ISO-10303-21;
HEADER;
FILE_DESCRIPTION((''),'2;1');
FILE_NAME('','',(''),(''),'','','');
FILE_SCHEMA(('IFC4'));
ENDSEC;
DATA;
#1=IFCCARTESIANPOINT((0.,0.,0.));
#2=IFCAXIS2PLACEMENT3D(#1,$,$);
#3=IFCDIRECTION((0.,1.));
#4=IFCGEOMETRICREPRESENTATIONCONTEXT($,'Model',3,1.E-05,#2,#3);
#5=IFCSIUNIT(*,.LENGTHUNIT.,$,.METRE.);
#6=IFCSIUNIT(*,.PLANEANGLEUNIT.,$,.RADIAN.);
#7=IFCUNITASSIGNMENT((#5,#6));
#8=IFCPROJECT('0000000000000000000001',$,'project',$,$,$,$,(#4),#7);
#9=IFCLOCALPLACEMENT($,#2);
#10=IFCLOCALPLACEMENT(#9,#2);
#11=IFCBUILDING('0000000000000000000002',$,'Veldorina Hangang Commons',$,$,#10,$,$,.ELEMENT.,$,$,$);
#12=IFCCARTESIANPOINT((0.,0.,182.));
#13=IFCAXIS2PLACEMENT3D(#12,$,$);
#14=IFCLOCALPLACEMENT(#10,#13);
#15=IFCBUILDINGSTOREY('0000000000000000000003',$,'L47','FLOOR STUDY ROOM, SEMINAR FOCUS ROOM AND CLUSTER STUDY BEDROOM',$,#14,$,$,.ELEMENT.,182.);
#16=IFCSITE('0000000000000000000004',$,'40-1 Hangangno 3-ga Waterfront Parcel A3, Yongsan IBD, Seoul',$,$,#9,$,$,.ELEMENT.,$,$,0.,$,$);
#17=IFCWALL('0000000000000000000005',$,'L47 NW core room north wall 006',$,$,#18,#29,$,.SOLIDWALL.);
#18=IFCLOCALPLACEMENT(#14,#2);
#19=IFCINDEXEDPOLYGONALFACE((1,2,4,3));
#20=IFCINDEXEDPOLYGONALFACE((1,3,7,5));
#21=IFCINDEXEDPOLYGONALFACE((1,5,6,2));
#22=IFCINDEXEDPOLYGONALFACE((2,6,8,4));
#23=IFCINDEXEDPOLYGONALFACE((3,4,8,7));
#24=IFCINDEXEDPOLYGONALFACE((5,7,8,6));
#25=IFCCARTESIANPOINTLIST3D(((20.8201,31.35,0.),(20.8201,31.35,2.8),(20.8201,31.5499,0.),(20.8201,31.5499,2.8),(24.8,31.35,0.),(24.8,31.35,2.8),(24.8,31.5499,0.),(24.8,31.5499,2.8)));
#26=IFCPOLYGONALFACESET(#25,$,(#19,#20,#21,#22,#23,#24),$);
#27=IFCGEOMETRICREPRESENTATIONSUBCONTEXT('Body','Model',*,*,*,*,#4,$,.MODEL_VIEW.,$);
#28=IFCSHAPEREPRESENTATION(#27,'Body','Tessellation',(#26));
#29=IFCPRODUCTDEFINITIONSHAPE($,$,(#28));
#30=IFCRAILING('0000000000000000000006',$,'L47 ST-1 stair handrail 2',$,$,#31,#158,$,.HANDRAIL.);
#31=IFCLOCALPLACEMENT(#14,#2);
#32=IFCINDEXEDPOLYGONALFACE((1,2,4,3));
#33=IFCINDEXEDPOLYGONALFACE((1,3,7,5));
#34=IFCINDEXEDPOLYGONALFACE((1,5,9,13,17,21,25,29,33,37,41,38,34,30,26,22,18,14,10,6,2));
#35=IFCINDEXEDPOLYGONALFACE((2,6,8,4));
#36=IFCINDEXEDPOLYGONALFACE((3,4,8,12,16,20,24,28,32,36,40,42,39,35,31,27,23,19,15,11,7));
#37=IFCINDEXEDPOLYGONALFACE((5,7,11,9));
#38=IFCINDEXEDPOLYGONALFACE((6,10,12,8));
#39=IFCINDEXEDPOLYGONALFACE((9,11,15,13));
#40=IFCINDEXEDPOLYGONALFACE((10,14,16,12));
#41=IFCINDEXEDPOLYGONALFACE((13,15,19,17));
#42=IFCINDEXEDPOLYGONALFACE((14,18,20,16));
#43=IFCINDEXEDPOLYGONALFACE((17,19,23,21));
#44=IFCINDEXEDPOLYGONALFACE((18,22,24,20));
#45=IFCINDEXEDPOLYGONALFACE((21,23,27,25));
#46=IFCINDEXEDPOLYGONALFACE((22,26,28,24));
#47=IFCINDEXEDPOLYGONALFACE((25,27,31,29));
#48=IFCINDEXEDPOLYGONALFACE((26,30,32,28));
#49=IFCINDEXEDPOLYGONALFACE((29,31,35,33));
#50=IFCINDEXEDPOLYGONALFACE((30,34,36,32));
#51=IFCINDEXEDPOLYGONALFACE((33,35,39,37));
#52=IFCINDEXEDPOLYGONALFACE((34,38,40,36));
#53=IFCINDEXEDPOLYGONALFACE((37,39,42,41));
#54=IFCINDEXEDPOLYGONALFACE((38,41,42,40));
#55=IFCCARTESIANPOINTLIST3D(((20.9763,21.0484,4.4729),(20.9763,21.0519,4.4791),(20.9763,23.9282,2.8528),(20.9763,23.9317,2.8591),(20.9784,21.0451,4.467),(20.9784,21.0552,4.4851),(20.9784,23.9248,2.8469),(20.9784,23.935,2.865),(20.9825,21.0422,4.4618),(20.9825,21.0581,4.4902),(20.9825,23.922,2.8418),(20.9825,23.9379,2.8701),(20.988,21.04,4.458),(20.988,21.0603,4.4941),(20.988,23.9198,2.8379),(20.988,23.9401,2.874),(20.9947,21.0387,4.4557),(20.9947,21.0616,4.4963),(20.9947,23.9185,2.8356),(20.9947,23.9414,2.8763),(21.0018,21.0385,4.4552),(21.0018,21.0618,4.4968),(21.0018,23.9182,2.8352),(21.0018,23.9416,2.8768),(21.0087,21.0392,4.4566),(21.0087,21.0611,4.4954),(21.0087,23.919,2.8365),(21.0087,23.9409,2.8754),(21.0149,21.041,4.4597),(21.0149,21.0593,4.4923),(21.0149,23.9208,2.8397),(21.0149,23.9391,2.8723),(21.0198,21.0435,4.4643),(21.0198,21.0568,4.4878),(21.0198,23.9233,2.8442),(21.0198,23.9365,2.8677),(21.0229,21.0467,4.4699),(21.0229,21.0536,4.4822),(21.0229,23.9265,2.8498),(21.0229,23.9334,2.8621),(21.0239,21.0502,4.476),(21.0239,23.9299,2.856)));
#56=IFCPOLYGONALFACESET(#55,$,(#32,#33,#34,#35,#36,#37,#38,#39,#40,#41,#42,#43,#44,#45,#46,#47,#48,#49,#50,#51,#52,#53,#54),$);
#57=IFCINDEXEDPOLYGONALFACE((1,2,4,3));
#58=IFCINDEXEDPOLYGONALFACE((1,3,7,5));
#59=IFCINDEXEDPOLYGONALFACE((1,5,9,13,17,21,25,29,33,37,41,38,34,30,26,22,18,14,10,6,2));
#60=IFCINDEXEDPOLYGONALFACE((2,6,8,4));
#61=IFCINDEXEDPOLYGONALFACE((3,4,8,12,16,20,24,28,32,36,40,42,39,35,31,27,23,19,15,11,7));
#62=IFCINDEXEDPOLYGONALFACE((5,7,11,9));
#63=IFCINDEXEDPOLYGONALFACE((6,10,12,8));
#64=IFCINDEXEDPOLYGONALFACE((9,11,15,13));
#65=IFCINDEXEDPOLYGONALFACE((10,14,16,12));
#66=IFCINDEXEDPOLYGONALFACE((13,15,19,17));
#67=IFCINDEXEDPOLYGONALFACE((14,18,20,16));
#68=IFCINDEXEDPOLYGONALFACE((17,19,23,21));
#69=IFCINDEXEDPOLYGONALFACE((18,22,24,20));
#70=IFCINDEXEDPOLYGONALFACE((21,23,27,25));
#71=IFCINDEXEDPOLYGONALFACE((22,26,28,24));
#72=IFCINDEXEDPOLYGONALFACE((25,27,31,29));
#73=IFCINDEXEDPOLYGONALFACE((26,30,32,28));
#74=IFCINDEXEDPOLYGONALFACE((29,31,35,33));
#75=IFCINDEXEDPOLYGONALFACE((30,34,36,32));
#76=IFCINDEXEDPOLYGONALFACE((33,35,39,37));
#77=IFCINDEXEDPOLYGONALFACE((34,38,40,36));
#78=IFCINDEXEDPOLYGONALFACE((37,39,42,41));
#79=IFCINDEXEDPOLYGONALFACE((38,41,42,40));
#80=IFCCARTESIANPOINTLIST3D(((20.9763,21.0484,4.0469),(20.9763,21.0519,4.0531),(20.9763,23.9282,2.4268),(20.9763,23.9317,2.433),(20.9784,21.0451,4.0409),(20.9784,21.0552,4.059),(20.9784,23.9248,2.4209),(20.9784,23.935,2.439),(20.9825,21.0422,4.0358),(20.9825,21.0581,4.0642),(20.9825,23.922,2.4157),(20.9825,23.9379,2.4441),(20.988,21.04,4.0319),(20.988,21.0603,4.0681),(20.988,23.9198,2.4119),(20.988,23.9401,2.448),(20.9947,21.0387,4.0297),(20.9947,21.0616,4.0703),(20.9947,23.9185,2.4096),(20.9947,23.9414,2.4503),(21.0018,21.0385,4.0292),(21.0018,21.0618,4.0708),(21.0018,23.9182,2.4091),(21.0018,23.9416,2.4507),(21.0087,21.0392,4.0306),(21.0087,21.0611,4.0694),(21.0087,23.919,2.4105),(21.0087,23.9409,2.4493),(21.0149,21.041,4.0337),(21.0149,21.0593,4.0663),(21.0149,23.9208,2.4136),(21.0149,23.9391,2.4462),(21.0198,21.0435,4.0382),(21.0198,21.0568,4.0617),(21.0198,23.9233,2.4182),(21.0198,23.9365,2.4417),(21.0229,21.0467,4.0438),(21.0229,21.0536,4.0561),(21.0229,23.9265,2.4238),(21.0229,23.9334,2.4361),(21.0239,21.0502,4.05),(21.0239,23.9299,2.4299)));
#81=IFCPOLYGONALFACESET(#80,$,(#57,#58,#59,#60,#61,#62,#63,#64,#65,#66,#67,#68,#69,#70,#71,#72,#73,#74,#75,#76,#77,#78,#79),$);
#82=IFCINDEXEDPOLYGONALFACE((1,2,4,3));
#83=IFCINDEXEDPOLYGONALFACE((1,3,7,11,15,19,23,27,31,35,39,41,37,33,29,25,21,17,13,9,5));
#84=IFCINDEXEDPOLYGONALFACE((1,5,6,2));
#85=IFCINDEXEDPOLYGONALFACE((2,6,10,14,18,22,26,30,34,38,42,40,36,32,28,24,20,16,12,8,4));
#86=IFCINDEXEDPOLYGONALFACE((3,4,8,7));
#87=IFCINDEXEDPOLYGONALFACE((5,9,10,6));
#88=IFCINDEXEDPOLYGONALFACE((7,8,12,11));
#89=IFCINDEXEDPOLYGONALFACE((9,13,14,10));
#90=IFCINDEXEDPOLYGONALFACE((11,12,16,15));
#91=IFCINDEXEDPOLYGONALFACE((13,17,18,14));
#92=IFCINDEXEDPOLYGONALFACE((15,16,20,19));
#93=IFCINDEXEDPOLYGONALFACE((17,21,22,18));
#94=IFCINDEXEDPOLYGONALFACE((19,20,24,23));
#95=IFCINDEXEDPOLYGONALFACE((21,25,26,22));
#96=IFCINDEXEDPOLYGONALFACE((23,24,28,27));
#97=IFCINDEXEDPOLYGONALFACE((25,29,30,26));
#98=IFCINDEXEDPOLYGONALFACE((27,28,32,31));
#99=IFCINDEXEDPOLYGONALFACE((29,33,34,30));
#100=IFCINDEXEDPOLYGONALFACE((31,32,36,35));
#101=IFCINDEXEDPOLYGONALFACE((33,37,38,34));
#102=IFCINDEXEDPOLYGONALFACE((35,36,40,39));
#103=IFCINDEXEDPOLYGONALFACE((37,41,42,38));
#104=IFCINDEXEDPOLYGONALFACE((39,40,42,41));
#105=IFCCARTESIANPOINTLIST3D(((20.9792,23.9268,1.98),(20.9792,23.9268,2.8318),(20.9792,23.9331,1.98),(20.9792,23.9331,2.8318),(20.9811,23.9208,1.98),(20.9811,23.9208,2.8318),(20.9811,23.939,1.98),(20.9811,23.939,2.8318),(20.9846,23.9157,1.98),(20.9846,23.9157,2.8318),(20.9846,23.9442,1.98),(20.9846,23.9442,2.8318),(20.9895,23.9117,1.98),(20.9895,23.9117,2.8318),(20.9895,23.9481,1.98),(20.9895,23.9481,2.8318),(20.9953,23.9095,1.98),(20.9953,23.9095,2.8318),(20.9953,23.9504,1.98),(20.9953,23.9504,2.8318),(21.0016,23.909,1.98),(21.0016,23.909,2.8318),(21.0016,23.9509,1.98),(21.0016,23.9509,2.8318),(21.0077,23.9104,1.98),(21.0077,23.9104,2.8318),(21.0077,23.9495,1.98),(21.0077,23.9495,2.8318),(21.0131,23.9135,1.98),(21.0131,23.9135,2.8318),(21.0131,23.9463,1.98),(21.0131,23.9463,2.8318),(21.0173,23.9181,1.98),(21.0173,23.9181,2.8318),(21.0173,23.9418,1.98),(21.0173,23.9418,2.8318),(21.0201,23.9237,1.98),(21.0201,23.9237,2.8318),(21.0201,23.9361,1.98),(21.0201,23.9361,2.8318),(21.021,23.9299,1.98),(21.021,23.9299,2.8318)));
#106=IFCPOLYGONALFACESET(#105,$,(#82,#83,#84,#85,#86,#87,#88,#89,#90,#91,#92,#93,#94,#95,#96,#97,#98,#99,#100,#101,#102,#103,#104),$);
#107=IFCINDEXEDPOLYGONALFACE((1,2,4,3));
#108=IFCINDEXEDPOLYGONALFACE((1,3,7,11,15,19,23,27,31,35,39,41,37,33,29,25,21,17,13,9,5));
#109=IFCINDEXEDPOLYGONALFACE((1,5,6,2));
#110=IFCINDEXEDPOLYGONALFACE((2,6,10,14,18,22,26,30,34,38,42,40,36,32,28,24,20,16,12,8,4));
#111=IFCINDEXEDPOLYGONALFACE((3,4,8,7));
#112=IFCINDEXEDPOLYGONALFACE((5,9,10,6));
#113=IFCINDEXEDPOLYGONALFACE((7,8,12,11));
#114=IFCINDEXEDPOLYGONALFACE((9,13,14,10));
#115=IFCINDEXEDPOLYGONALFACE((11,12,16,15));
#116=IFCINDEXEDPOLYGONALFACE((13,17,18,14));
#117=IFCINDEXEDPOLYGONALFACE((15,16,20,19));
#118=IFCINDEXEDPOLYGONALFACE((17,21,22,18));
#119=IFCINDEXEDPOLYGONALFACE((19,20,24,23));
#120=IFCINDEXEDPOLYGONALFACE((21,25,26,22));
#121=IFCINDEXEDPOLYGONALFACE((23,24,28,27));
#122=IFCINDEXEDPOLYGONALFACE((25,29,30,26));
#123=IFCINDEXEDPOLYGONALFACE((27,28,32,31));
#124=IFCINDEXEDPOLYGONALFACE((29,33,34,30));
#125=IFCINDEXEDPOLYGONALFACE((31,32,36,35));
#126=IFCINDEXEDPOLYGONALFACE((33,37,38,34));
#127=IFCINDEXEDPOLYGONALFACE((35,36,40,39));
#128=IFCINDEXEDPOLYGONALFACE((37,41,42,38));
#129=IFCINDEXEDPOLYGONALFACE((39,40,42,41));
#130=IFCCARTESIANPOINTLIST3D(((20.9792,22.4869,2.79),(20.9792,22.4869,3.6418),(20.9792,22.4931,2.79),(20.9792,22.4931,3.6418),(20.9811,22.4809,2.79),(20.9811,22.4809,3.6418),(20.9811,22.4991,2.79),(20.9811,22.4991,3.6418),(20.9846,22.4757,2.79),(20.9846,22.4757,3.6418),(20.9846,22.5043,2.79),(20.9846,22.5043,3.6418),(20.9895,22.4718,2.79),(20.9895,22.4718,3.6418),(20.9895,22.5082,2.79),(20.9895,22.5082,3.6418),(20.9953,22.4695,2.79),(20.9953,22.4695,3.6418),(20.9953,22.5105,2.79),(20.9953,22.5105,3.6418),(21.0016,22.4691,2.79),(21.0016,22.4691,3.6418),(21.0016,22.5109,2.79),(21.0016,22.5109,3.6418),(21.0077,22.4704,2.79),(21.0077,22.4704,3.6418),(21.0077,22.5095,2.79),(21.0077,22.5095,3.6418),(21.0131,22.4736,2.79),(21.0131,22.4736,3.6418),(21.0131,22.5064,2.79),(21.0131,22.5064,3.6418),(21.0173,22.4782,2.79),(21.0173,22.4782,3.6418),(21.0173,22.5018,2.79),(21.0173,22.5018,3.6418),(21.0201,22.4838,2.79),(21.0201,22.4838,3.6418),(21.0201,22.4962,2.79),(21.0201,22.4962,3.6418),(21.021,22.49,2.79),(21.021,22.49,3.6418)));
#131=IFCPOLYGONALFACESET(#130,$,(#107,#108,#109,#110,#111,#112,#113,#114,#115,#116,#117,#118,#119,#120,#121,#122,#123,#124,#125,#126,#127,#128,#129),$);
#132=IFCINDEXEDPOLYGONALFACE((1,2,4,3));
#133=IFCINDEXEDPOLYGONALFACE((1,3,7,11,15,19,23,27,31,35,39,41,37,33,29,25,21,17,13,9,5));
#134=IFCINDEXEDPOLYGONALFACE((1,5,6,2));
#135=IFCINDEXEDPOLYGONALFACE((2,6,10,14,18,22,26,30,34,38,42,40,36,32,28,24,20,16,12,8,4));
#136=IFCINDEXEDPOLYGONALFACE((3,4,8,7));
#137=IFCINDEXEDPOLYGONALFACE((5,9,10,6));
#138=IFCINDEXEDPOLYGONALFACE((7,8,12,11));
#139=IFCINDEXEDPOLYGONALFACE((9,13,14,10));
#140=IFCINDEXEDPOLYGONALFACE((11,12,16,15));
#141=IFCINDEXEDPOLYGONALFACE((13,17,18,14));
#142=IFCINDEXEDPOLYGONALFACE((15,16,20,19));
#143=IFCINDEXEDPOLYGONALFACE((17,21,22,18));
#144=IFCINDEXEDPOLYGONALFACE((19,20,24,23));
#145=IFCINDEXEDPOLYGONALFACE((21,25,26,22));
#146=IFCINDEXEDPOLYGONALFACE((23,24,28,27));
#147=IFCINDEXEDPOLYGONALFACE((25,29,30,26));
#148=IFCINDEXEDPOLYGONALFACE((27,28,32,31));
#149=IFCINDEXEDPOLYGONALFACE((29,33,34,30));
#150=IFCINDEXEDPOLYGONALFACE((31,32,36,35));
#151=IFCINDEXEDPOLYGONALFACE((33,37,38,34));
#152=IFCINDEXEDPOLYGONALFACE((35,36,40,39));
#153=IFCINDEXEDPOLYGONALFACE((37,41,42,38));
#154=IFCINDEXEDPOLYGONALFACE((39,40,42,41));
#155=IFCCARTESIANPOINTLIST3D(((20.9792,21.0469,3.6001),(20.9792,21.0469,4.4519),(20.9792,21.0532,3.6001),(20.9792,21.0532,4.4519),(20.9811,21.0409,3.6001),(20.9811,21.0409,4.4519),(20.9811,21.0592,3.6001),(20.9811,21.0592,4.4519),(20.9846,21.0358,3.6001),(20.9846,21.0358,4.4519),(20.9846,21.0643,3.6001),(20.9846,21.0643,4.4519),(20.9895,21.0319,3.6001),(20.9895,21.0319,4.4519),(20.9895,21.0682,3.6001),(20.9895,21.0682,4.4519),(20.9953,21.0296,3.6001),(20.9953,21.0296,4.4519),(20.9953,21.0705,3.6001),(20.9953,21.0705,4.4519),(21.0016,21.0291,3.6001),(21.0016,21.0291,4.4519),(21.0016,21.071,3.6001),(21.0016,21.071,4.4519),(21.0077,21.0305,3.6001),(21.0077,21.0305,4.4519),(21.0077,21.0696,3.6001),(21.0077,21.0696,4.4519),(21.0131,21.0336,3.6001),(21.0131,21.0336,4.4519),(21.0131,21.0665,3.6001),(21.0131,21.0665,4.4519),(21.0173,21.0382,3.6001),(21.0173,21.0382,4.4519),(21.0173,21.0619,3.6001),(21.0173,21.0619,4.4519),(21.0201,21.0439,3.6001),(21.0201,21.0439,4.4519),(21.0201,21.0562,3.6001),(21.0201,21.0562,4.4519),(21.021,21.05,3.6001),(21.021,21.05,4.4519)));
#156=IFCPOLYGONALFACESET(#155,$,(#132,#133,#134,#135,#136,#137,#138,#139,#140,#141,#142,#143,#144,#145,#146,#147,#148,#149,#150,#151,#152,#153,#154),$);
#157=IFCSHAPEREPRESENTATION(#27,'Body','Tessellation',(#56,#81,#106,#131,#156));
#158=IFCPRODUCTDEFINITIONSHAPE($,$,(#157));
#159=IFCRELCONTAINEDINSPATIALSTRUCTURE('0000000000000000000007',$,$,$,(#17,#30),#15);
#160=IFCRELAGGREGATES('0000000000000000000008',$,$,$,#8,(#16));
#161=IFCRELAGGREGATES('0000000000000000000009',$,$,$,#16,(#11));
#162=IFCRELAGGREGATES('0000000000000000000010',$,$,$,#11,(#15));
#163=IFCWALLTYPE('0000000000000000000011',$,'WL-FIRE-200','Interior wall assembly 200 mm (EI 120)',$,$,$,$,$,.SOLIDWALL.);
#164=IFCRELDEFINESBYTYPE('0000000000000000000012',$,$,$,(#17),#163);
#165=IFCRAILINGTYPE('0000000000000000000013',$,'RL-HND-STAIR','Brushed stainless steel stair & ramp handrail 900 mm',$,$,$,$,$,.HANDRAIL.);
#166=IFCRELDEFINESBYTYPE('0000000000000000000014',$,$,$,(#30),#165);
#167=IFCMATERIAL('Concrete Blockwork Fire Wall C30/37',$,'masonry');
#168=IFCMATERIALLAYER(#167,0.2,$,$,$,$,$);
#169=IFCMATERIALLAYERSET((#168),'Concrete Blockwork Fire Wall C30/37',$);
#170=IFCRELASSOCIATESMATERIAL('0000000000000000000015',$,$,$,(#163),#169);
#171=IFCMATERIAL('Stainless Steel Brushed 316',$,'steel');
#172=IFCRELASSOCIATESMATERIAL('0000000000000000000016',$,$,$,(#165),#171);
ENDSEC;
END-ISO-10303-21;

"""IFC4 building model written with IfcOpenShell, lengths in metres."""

from ifc_helpers import new_model, si_unit, direction, frame, frame_2d, origin, origin_2d, place, context, subcontext, project, spatial, rectangle, circle, extrude, material, layer, layer_set, type_object, element, save


model = new_model("IFC4")

# Units and contexts
model_context = context("Model", 3, precision=1e-05, world=origin(), true_north=direction((0.0, 1.0)))
body_context = subcontext(model_context, "Body", "Model", "MODEL_VIEW")
ifc_project = project(units=[si_unit("LENGTHUNIT", "METRE"), si_unit("PLANEANGLEUNIT", "RADIAN")], contexts=[model_context])

# Site, building, storey
site_placement = place(None, origin())
site = spatial("IfcSite", under=ifc_project, at=site_placement, Name="40-1 Hangangno 3-ga Waterfront Parcel A3, Yongsan IBD, Seoul", CompositionType="ELEMENT", RefElevation=0.0)
building_placement = place(site_placement, origin())
building = spatial("IfcBuilding", under=site, at=building_placement, Name="Veldorina Hangang Commons", CompositionType="ELEMENT")
storey_placement = place(building_placement, frame((0.0, 0.0, 182.0)))
storey = spatial("IfcBuildingStorey", under=building, at=storey_placement, Name="L47", Description="FLOOR STUDY ROOM, SEMINAR FOCUS ROOM AND CLUSTER STUDY BEDROOM", CompositionType="ELEMENT", Elevation=182.0)

# Shared definitions
ifc_material_1 = material(Name="Concrete Blockwork Fire Wall C30/37", Category="masonry")
ifc_layer_1 = layer(ifc_material_1, 0.2)
ifc_layer_set_1 = layer_set([ifc_layer_1], Name="Concrete Blockwork Fire Wall C30/37")
wall_type_1 = type_object("IfcWallType", Name="WL-FIRE-200", Description="Interior wall assembly 200 mm (EI 120)", PredefinedType="SOLIDWALL", material=ifc_layer_set_1)

# Wall
wall_1_placement = place(storey_placement, frame((20.8201, 31.45, 0.0), z_axis=(0.0, 0.0, 1.0), x_axis=(1.0, 0.0, 0.0)))
element("IfcWall", 1, at=wall_1_placement, inside=storey, type_object=wall_type_1, Name="L47 NW core room north wall 006", PredefinedType="SOLIDWALL", context=body_context, shape_type="SweptSolid", body=[
    extrude(rectangle(XDim=3.98, YDim=0.2, at=frame_2d((1.99, 0.0))), origin(), (0.0, 0.0, 1.0), 2.8),
])

# Railing
ifc_material_2 = material(Name="Stainless Steel Brushed 316", Category="steel")
railing_type = type_object("IfcRailingType", Name="RL-HND-STAIR", Description="Brushed stainless steel stair & ramp handrail 900 mm", PredefinedType="HANDRAIL", material=ifc_material_2)
railing_placement = place(storey_placement, frame((21.0, 23.9299, 1.98)))
element("IfcRailing", 2, at=railing_placement, inside=storey, type_object=railing_type, Name="L47 ST-1 stair handrail 2", PredefinedType="HANDRAIL", context=body_context, shape_type="SweptSolid", body=[
    extrude(circle(Radius=0.0239, at=origin_2d()), frame((0.0, 0.0, 0.876), z_axis=(0.0, -0.871552, 0.490303), x_axis=(1.0, 0.0, 0.0)), (0.0, 0.0, 1.0), 3.3042),
    extrude(circle(Radius=0.0239, at=origin_2d()), frame((0.0, 0.0, 0.45), z_axis=(0.0, -0.871552, 0.490303), x_axis=(1.0, 0.0, 0.0)), (0.0, 0.0, 1.0), 3.3042),
    extrude(circle(Radius=0.021, at=origin_2d()), origin(), (0.0, 0.0, 1.0), 0.8518),
    extrude(circle(Radius=0.021, at=origin_2d()), frame((0.0, -1.4399, 0.8101)), (0.0, 0.0, 1.0), 0.8518),
    extrude(circle(Radius=0.021, at=origin_2d()), frame((0.0, -2.8799, 1.6201)), (0.0, 0.0, 1.0), 0.8518),
])

save(model, "model.ifc")
